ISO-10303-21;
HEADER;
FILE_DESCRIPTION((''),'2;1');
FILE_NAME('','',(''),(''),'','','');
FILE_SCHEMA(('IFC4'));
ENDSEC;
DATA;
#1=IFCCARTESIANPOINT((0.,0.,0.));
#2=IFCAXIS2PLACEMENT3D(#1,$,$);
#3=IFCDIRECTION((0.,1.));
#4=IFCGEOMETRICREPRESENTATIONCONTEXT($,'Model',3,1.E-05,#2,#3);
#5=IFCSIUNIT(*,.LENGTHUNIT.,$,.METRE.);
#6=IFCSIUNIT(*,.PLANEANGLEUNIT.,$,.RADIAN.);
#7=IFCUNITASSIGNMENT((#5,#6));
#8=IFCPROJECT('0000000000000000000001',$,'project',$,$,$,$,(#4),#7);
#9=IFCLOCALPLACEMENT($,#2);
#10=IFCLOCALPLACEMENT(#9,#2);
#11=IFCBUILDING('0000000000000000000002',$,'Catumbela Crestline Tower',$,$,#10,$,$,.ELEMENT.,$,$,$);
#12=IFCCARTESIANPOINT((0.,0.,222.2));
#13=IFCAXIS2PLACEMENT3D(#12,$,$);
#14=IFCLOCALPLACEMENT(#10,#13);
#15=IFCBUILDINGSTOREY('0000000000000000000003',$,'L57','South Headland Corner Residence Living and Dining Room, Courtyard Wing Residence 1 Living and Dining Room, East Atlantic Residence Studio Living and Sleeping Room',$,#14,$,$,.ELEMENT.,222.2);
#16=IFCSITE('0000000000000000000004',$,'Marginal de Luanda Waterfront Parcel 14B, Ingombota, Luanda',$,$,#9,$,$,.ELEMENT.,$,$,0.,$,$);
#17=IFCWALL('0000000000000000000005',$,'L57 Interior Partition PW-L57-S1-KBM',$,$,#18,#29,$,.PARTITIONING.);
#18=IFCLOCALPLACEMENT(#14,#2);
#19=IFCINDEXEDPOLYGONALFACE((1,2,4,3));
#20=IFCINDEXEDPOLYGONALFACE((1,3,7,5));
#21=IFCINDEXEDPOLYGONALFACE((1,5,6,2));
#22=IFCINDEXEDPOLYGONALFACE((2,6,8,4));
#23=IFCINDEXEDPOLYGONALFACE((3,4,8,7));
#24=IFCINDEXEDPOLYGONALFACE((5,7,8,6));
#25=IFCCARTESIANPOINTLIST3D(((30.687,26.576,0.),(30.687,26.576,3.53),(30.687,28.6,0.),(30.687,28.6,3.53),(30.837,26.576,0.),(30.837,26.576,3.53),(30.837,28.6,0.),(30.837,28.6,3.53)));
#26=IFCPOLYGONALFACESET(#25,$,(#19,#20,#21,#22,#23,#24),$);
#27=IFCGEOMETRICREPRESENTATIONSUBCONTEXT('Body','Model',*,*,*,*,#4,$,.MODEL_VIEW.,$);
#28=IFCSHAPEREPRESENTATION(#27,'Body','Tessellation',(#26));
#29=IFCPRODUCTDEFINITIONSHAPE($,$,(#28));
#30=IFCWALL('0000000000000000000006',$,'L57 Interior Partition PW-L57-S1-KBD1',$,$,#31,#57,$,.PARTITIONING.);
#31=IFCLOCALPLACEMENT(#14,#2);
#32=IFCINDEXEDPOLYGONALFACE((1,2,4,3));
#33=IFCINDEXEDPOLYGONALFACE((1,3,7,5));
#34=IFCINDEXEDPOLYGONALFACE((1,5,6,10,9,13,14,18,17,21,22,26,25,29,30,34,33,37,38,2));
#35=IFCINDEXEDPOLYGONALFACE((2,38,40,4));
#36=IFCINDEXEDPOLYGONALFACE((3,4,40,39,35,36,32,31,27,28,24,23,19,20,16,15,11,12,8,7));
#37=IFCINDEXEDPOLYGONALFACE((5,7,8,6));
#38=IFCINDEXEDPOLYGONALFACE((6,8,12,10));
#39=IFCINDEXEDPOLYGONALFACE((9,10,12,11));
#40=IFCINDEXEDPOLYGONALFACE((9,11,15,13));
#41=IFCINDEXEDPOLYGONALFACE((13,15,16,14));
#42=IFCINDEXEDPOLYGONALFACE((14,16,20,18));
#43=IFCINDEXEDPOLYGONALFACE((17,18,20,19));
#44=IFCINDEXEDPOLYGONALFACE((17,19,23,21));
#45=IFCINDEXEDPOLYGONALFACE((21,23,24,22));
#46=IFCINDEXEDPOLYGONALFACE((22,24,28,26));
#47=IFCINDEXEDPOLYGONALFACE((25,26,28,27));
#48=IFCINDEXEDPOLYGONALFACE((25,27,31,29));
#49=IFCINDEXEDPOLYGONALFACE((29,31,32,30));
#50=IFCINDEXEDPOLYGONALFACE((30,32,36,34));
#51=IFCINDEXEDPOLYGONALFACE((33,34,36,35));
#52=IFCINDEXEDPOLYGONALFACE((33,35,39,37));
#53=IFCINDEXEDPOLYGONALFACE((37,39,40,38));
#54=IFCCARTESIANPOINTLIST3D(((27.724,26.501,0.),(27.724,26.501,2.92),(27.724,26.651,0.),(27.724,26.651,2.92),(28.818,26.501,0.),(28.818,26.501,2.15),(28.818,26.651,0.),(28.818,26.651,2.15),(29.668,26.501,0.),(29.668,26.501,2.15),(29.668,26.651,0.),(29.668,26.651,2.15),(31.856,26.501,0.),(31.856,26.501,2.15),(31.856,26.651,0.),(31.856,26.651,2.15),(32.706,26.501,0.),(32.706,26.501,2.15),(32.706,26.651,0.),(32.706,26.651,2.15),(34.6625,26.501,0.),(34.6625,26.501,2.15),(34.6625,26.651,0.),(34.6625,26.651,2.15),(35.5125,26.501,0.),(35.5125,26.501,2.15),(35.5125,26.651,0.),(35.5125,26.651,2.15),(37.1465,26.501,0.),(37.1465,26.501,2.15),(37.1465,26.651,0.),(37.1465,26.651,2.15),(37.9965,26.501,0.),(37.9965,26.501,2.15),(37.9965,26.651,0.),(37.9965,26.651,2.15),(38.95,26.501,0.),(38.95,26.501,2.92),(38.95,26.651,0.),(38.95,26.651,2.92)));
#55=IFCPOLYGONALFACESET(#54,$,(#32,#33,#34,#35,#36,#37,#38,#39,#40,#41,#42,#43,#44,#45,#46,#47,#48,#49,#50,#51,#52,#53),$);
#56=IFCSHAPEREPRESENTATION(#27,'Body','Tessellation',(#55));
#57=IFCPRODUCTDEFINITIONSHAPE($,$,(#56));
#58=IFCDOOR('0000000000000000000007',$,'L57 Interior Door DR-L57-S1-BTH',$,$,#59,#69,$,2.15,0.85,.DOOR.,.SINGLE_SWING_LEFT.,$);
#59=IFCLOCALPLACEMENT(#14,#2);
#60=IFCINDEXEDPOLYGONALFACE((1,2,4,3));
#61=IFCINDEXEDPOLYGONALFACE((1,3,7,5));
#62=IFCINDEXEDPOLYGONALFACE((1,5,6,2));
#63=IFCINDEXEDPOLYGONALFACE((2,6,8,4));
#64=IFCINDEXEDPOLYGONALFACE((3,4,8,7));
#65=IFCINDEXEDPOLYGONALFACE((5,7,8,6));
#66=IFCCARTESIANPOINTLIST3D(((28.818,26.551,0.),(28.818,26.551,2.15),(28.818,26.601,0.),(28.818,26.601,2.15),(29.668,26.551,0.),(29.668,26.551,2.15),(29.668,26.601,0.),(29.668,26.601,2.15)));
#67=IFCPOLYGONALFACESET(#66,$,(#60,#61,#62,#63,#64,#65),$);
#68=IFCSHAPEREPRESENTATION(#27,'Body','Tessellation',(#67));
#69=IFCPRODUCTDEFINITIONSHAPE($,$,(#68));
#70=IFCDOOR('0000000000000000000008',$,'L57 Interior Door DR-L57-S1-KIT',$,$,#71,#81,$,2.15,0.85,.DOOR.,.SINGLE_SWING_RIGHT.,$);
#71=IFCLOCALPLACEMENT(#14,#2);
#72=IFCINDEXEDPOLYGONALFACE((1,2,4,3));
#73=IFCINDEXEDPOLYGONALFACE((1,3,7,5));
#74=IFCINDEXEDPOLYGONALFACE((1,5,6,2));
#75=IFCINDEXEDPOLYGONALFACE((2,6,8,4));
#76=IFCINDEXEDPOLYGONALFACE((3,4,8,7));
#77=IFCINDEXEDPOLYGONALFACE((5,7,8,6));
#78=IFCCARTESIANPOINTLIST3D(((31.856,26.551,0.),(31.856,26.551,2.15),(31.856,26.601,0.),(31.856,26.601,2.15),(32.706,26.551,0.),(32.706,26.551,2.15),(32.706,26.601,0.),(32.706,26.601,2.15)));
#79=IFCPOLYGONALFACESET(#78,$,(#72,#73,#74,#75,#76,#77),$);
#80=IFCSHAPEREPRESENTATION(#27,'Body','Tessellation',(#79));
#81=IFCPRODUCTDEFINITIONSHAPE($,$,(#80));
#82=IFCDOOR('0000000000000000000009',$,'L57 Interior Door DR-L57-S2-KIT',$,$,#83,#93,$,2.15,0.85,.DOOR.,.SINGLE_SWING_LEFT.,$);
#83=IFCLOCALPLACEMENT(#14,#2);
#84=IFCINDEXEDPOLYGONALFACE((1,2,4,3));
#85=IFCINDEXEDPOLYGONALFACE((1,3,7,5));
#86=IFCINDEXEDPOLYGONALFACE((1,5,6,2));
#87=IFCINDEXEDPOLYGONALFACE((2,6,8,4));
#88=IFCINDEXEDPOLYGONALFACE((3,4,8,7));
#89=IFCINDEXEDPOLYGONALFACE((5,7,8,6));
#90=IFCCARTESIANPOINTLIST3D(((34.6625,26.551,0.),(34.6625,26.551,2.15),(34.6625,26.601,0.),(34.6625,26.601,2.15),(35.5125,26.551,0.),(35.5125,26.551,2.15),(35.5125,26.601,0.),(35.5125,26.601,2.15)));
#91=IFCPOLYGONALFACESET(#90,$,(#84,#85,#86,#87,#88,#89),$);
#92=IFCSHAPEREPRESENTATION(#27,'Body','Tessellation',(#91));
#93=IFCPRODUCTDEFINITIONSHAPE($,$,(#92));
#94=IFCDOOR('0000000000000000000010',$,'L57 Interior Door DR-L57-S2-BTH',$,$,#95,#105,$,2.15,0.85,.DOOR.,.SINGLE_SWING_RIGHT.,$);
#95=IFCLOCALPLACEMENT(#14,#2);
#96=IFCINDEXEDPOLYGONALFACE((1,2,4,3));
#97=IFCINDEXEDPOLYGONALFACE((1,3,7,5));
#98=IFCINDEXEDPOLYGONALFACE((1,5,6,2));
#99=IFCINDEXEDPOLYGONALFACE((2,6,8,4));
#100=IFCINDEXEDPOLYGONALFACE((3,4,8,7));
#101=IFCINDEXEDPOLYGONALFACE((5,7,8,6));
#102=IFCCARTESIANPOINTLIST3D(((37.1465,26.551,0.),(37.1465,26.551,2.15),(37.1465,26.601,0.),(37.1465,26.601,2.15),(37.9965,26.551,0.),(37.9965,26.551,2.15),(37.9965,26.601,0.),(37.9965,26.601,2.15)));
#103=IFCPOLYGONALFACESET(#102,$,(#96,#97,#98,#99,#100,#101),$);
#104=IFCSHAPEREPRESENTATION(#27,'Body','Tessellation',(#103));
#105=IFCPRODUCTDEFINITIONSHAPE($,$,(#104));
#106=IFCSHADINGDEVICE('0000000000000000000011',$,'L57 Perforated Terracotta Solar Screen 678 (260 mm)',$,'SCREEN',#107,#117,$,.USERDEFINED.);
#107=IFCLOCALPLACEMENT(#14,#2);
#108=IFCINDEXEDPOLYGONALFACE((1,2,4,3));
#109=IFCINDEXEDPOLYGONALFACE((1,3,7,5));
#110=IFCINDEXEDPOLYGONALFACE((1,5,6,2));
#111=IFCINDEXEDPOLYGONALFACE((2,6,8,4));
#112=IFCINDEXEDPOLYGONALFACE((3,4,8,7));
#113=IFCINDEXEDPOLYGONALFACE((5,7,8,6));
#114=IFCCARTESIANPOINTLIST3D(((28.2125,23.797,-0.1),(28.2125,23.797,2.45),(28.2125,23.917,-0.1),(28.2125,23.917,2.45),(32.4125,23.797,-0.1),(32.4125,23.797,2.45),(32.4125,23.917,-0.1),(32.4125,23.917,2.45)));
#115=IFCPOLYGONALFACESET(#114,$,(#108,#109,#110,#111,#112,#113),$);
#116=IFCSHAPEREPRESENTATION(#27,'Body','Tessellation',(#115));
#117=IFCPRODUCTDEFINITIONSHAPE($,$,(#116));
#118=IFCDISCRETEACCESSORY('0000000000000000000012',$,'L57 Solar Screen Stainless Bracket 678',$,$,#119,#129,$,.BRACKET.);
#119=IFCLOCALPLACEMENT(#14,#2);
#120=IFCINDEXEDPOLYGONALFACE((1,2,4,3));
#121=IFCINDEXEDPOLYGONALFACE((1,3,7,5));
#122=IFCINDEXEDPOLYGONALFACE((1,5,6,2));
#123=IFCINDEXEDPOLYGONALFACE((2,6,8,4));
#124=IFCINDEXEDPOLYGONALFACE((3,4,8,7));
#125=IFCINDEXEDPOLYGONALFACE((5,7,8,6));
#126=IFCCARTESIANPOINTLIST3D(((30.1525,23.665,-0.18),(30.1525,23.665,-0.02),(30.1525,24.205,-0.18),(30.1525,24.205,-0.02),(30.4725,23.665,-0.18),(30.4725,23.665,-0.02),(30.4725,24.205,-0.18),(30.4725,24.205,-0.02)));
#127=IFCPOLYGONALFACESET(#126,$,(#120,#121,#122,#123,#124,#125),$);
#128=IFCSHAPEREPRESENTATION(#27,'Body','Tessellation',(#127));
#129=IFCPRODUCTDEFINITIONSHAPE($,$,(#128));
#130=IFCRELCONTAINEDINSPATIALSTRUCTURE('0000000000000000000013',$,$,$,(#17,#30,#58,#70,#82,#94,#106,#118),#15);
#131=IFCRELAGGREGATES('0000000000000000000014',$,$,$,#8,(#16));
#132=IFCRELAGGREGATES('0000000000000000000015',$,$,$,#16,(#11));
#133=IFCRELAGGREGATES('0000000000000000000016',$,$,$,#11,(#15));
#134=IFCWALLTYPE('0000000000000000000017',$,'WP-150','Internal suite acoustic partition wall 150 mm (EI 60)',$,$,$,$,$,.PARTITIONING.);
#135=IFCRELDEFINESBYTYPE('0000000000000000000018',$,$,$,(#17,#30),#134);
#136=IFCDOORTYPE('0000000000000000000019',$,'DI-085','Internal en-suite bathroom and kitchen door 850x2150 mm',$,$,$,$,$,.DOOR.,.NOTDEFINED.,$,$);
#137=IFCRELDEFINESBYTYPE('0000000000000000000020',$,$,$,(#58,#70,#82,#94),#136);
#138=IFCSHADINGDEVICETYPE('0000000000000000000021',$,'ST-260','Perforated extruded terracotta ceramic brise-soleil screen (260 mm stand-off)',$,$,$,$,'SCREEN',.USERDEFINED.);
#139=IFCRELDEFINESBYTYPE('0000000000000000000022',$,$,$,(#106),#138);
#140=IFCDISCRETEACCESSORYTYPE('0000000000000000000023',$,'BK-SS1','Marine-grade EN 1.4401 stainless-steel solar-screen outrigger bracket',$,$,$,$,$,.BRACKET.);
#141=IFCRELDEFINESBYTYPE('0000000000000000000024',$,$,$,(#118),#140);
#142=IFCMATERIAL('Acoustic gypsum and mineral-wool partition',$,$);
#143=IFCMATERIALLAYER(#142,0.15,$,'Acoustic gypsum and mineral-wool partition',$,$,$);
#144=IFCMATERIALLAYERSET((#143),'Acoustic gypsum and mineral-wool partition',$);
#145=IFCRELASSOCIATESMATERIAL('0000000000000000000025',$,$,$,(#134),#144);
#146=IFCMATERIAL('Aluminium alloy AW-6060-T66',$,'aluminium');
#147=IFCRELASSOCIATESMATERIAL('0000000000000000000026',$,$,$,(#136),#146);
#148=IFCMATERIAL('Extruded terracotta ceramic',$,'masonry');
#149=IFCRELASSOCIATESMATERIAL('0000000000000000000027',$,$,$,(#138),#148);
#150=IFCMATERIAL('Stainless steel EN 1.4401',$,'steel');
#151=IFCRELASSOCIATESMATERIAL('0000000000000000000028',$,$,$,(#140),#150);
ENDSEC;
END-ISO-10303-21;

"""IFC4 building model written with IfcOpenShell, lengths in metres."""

from ifc_helpers import new_model, si_unit, direction, frame, frame_2d, origin, origin_2d, place, context, subcontext, project, spatial, rectangle, extrude, material, layer, layer_set, type_object, element, fill, save


model = new_model("IFC4")

# Units and contexts
model_context = context("Model", 3, precision=1e-05, world=origin(), true_north=direction((0.0, 1.0)))
body_context = subcontext(model_context, "Body", "Model", "MODEL_VIEW")
ifc_project = project(units=[si_unit("LENGTHUNIT", "METRE"), si_unit("PLANEANGLEUNIT", "RADIAN")], contexts=[model_context])

# Site, building, storey
site_placement = place(None, origin())
site = spatial("IfcSite", under=ifc_project, at=site_placement, Name="Marginal de Luanda Waterfront Parcel 14B, Ingombota, Luanda", CompositionType="ELEMENT", RefElevation=0.0)
building_placement = place(site_placement, origin())
building = spatial("IfcBuilding", under=site, at=building_placement, Name="Catumbela Crestline Tower", CompositionType="ELEMENT")
storey_placement = place(building_placement, frame((0.0, 0.0, 222.2)))
storey = spatial("IfcBuildingStorey", under=building, at=storey_placement, Name="L57", Description="South Headland Corner Residence Living and Dining Room, Courtyard Wing Residence 1 Living and Dining Room, East Atlantic Residence Studio Living and Sleeping Room", CompositionType="ELEMENT", Elevation=222.2)

# Shared definitions
ifc_material_1 = material(Name="Aluminium alloy AW-6060-T66", Category="aluminium")

# Wall
ifc_material_2 = material(Name="Acoustic gypsum and mineral-wool partition")
ifc_layer_1 = layer(ifc_material_2, 0.15, Name="Acoustic gypsum and mineral-wool partition")
ifc_layer_set_1 = layer_set([ifc_layer_1], Name="Acoustic gypsum and mineral-wool partition")
wall_type = type_object("IfcWallType", Name="WP-150", Description="Internal suite acoustic partition wall 150 mm (EI 60)", PredefinedType="PARTITIONING", material=ifc_layer_set_1)
for number, where, z_axis, x_axis, name in (
    (1, (30.762, 26.576, 0.0), (0.0, 0.0, 1.0), (0.0, 1.0, 0.0), "L57 Interior Partition PW-L57-S1-KBM"),
):
    element("IfcWall", number, at=place(storey_placement, frame(where, z_axis=z_axis, x_axis=x_axis)), inside=storey, type_object=wall_type, Name=name, PredefinedType="PARTITIONING", context=body_context, shape_type="SweptSolid", body=[
        extrude(rectangle(XDim=2.024, YDim=0.15, at=frame_2d((1.012, 0.0))), origin(), (0.0, 0.0, 1.0), 3.53),
    ])

# Wall, openings, doors
wall_placement = place(storey_placement, frame((27.724, 26.576, 0.0), z_axis=(0.0, 0.0, 1.0), x_axis=(1.0, 0.0, 0.0)))
wall = element("IfcWall", 2, at=wall_placement, inside=storey, type_object=wall_type, Name="L57 Interior Partition PW-L57-S1-KBD1", PredefinedType="PARTITIONING", context=body_context, shape_type="SweptSolid", body=[
    extrude(rectangle(XDim=11.226, YDim=0.15, at=frame_2d((5.613, 0.0))), origin(), (0.0, 0.0, 1.0), 2.92),
])
opening_1_placement = place(wall_placement, frame((1.094, 0.0, 0.0)))
opening_1 = element("IfcOpeningElement", 3, at=opening_1_placement, cuts=wall, PredefinedType="OPENING", context=body_context, shape_type="SweptSolid", body=[
    extrude(rectangle(XDim=0.85, YDim=2.15, at=frame_2d((0.425, 1.075))), frame((0.0, 0.085, 0.0), z_axis=(0.0, -1.0, 0.0), x_axis=(1.0, 0.0, 0.0)), (0.0, 0.0, 1.0), 0.17),
])
opening_2_placement = place(wall_placement, frame((4.132, 0.0, 0.0)))
opening_2 = element("IfcOpeningElement", 4, at=opening_2_placement, cuts=wall, PredefinedType="OPENING", context=body_context, shape_type="SweptSolid", body=[
    extrude(rectangle(XDim=0.85, YDim=2.15, at=frame_2d((0.425, 1.075))), frame((0.0, 0.085, 0.0), z_axis=(0.0, -1.0, 0.0), x_axis=(1.0, 0.0, 0.0)), (0.0, 0.0, 1.0), 0.17),
])
opening_3_placement = place(wall_placement, frame((6.9385, 0.0, 0.0)))
opening_3 = element("IfcOpeningElement", 5, at=opening_3_placement, cuts=wall, PredefinedType="OPENING", context=body_context, shape_type="SweptSolid", body=[
    extrude(rectangle(XDim=0.85, YDim=2.15, at=frame_2d((0.425, 1.075))), frame((0.0, 0.085, 0.0), z_axis=(0.0, -1.0, 0.0), x_axis=(1.0, 0.0, 0.0)), (0.0, 0.0, 1.0), 0.17),
])
opening_4_placement = place(wall_placement, frame((9.4225, 0.0, 0.0)))
opening_4 = element("IfcOpeningElement", 6, at=opening_4_placement, cuts=wall, PredefinedType="OPENING", context=body_context, shape_type="SweptSolid", body=[
    extrude(rectangle(XDim=0.85, YDim=2.15, at=frame_2d((0.425, 1.075))), frame((0.0, 0.085, 0.0), z_axis=(0.0, -1.0, 0.0), x_axis=(1.0, 0.0, 0.0)), (0.0, 0.0, 1.0), 0.17),
])
door_type = type_object("IfcDoorType", Name="DI-085", Description="Internal en-suite bathroom and kitchen door 850x2150 mm", OperationType="NOTDEFINED", PredefinedType="DOOR", material=ifc_material_1)
door_1_placement = place(opening_1_placement, origin())
door_1 = element("IfcDoor", 7, at=door_1_placement, inside=storey, type_object=door_type, Name="L57 Interior Door DR-L57-S1-BTH", OperationType="SINGLE_SWING_LEFT", OverallHeight=2.15, OverallWidth=0.85, PredefinedType="DOOR", context=body_context, shape_type="SweptSolid", body=[
    extrude(rectangle(XDim=0.85, YDim=2.15, at=frame_2d((0.425, 1.075))), frame((0.0, 0.025, 0.0), z_axis=(0.0, -1.0, 0.0), x_axis=(1.0, 0.0, 0.0)), (0.0, 0.0, 1.0), 0.05),
])
fill(opening_1, door_1)
door_2_placement = place(opening_2_placement, origin())
door_2 = element("IfcDoor", 8, at=door_2_placement, inside=storey, type_object=door_type, Name="L57 Interior Door DR-L57-S1-KIT", OperationType="SINGLE_SWING_RIGHT", OverallHeight=2.15, OverallWidth=0.85, PredefinedType="DOOR", context=body_context, shape_type="SweptSolid", body=[
    extrude(rectangle(XDim=0.85, YDim=2.15, at=frame_2d((0.425, 1.075))), frame((0.0, 0.025, 0.0), z_axis=(0.0, -1.0, 0.0), x_axis=(1.0, 0.0, 0.0)), (0.0, 0.0, 1.0), 0.05),
])
fill(opening_2, door_2)
door_3_placement = place(opening_3_placement, origin())
door_3 = element("IfcDoor", 9, at=door_3_placement, inside=storey, type_object=door_type, Name="L57 Interior Door DR-L57-S2-KIT", OperationType="SINGLE_SWING_LEFT", OverallHeight=2.15, OverallWidth=0.85, PredefinedType="DOOR", context=body_context, shape_type="SweptSolid", body=[
    extrude(rectangle(XDim=0.85, YDim=2.15, at=frame_2d((0.425, 1.075))), frame((0.0, 0.025, 0.0), z_axis=(0.0, -1.0, 0.0), x_axis=(1.0, 0.0, 0.0)), (0.0, 0.0, 1.0), 0.05),
])
fill(opening_3, door_3)
door_4_placement = place(opening_4_placement, origin())
door_4 = element("IfcDoor", 10, at=door_4_placement, inside=storey, type_object=door_type, Name="L57 Interior Door DR-L57-S2-BTH", OperationType="SINGLE_SWING_RIGHT", OverallHeight=2.15, OverallWidth=0.85, PredefinedType="DOOR", context=body_context, shape_type="SweptSolid", body=[
    extrude(rectangle(XDim=0.85, YDim=2.15, at=frame_2d((0.425, 1.075))), frame((0.0, 0.025, 0.0), z_axis=(0.0, -1.0, 0.0), x_axis=(1.0, 0.0, 0.0)), (0.0, 0.0, 1.0), 0.05),
])
fill(opening_4, door_4)

# Shading device
ifc_material_3 = material(Name="Extruded terracotta ceramic", Category="masonry")
shading_device_type = type_object("IfcShadingDeviceType", Name="ST-260", Description="Perforated extruded terracotta ceramic brise-soleil screen (260 mm stand-off)", ElementType="SCREEN", PredefinedType="USERDEFINED", material=ifc_material_3)
shading_device_placement = place(storey_placement, frame((30.3125, 23.857, -0.1), z_axis=(0.0, 0.0, 1.0), x_axis=(1.0, 0.0, 0.0)))
element("IfcShadingDevice", 11, at=shading_device_placement, inside=storey, type_object=shading_device_type, Name="L57 Perforated Terracotta Solar Screen 678 (260 mm)", ObjectType="SCREEN", PredefinedType="USERDEFINED", context=body_context, shape_type="SweptSolid", body=[
    extrude(rectangle(XDim=4.2, YDim=0.12, at=origin_2d()), origin(), (0.0, 0.0, 1.0), 2.55),
])

# Discrete accessory
ifc_material_4 = material(Name="Stainless steel EN 1.4401", Category="steel")
discrete_accessory_type = type_object("IfcDiscreteAccessoryType", Name="BK-SS1", Description="Marine-grade EN 1.4401 stainless-steel solar-screen outrigger bracket", PredefinedType="BRACKET", material=ifc_material_4)
discrete_accessory_placement = place(storey_placement, frame((30.3125, 23.935, -0.18), z_axis=(0.0, 0.0, 1.0), x_axis=(1.0, 0.0, 0.0)))
element("IfcDiscreteAccessory", 12, at=discrete_accessory_placement, inside=storey, type_object=discrete_accessory_type, Name="L57 Solar Screen Stainless Bracket 678", PredefinedType="BRACKET", context=body_context, shape_type="SweptSolid", body=[
    extrude(rectangle(XDim=0.32, YDim=0.54, at=origin_2d()), origin(), (0.0, 0.0, 1.0), 0.16),
])

save(model, "model.ifc")
